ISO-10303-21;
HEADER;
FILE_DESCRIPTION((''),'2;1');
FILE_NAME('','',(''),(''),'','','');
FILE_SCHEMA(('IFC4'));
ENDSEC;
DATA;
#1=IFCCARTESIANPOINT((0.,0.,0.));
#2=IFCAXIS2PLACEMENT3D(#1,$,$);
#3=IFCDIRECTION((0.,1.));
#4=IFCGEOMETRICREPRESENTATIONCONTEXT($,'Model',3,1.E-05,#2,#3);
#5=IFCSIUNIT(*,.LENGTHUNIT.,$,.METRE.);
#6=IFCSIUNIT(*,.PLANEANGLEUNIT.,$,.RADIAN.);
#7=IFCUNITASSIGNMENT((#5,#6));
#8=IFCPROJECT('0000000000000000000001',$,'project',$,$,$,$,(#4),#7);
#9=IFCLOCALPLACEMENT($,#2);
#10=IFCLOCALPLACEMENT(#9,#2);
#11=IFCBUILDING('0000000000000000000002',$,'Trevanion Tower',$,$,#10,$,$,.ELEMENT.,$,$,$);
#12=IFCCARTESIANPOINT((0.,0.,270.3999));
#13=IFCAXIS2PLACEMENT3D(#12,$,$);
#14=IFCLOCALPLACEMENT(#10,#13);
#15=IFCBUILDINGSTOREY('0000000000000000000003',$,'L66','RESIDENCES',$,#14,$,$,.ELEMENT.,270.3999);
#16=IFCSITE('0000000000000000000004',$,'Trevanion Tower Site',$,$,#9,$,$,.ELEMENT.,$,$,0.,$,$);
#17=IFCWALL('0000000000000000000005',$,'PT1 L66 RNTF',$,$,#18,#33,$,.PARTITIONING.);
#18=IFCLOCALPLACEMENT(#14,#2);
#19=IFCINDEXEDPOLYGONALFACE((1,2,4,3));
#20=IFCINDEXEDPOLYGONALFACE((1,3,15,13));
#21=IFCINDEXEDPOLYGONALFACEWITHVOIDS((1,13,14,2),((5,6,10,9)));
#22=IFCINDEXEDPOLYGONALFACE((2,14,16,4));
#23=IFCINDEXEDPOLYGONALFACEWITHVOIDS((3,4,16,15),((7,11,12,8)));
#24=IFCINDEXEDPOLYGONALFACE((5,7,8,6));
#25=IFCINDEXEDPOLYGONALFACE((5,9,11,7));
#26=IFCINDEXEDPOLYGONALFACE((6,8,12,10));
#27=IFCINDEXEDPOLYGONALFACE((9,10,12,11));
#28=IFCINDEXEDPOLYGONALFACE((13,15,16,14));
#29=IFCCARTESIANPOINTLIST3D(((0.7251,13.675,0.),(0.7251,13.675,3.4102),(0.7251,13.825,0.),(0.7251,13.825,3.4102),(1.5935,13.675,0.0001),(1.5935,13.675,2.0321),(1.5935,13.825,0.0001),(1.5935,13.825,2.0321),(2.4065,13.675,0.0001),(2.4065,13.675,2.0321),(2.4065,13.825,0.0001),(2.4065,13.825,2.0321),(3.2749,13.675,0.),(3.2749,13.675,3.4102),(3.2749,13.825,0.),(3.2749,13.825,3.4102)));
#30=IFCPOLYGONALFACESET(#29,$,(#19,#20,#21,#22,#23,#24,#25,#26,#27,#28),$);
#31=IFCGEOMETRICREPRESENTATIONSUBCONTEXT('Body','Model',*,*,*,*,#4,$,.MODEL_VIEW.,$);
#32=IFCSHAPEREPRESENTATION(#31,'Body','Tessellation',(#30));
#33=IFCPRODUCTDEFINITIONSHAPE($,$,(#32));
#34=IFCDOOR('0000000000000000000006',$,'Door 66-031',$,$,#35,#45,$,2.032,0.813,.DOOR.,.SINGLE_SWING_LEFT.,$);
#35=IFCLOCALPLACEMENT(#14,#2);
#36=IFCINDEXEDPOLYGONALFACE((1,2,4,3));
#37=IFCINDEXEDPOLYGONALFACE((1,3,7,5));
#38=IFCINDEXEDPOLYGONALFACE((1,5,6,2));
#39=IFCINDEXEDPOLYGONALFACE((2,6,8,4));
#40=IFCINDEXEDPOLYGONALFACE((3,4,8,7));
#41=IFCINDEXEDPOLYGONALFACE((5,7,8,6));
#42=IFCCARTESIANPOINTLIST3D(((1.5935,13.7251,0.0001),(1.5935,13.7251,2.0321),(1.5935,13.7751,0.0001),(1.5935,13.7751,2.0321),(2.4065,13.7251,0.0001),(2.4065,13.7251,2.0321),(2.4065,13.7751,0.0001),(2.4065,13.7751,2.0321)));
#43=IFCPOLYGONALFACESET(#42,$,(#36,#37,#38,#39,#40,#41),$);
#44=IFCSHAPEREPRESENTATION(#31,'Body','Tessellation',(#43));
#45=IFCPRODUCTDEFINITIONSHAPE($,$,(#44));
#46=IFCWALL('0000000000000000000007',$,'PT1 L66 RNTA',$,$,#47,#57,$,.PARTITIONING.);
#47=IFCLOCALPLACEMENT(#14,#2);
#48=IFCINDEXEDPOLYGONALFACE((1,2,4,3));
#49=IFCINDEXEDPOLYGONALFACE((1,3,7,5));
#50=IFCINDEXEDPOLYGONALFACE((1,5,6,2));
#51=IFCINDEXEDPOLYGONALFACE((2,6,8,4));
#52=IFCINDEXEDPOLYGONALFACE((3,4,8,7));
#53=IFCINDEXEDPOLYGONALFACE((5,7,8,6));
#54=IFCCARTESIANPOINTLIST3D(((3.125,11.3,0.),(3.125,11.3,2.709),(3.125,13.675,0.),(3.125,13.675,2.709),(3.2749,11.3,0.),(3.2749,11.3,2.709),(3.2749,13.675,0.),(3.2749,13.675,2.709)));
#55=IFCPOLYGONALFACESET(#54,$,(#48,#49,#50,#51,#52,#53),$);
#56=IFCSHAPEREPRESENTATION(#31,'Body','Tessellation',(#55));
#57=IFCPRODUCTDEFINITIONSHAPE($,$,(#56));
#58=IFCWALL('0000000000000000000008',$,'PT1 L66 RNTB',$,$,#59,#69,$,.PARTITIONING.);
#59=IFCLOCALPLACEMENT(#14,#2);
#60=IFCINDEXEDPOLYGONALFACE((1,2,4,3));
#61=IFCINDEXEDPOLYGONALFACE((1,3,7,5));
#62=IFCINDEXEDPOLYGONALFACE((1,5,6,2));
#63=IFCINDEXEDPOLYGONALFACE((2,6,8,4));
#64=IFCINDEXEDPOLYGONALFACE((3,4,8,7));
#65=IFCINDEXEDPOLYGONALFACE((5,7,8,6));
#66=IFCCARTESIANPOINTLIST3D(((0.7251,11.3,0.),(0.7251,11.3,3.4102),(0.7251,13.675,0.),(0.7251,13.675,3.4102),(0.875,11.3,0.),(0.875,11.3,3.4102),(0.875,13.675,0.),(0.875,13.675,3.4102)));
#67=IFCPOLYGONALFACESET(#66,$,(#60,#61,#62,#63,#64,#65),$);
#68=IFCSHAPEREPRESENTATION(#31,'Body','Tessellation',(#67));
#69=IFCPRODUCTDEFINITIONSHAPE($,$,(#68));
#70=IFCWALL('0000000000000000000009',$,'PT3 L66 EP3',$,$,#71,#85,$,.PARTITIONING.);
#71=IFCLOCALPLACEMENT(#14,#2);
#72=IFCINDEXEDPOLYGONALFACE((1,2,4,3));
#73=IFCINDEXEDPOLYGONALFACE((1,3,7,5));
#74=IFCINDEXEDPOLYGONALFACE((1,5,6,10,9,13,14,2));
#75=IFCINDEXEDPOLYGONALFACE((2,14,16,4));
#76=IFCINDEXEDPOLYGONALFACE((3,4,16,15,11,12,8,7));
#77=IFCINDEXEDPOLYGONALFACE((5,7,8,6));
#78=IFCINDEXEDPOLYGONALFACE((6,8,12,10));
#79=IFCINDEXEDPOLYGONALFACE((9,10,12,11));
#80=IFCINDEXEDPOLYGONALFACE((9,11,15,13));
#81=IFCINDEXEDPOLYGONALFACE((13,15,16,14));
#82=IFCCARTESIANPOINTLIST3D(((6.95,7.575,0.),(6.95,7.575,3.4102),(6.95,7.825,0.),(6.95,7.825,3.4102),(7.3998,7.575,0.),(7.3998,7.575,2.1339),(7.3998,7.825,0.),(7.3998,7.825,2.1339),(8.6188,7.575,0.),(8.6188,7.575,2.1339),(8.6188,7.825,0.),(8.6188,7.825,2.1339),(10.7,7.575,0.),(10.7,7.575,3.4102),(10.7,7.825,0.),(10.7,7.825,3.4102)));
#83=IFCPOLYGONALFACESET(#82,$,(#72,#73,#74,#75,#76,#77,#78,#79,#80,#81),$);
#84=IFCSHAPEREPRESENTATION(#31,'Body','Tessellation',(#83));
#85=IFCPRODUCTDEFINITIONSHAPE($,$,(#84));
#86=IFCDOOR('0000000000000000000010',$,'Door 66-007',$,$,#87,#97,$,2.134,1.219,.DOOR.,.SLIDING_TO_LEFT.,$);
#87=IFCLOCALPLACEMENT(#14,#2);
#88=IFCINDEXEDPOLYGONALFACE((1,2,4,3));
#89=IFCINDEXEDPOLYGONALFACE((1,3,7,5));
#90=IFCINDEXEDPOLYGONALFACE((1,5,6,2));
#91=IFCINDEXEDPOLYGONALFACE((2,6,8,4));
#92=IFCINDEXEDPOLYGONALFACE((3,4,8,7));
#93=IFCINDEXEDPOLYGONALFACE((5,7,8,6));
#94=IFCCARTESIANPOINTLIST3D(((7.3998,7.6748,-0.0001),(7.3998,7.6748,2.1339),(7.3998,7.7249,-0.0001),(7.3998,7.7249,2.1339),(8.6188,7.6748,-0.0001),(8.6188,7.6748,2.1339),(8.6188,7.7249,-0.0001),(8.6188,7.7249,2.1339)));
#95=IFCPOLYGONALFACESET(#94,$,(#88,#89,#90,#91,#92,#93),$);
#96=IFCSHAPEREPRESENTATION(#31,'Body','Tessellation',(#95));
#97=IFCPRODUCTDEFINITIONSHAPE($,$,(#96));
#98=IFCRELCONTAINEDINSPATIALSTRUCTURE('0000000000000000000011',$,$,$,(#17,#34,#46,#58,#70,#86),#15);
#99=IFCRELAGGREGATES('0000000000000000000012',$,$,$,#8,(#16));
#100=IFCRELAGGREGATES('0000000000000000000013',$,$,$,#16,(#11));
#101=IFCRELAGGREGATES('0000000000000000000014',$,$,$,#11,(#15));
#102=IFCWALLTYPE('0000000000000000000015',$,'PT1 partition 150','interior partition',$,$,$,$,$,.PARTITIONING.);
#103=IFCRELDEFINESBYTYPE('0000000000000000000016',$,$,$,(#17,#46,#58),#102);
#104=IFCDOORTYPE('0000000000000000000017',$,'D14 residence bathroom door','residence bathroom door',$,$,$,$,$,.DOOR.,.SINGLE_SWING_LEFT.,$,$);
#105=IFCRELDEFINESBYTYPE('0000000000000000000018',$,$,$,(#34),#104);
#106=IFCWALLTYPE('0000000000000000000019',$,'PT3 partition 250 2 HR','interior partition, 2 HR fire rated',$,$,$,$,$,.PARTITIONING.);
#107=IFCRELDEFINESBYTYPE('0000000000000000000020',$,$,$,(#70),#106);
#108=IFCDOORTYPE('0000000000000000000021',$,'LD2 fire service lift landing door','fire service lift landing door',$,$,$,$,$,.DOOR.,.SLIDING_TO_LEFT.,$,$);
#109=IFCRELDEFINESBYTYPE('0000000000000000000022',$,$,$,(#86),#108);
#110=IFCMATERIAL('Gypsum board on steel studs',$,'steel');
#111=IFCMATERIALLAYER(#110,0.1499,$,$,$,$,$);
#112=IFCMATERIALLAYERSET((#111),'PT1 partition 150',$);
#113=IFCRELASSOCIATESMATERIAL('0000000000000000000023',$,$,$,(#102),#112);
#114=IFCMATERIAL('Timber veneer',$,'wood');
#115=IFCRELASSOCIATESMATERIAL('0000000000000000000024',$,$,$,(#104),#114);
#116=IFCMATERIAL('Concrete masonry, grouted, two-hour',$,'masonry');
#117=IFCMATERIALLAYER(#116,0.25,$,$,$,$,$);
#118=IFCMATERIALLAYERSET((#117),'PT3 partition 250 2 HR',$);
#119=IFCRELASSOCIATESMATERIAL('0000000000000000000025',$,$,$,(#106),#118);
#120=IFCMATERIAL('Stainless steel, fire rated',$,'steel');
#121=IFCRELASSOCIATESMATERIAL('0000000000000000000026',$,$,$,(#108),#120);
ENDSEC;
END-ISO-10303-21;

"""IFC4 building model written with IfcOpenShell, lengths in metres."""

from ifc_helpers import new_model, si_unit, direction, frame, frame_2d, origin, place, context, subcontext, project, spatial, rectangle, extrude, material, layer, layer_set, type_object, element, fill, save


model = new_model("IFC4")

# Units and contexts
model_context = context("Model", 3, precision=1e-05, world=origin(), true_north=direction((0.0, 1.0)))
body_context = subcontext(model_context, "Body", "Model", "MODEL_VIEW")
ifc_project = project(units=[si_unit("LENGTHUNIT", "METRE"), si_unit("PLANEANGLEUNIT", "RADIAN")], contexts=[model_context])

# Site, building, storey
site_placement = place(None, origin())
site = spatial("IfcSite", under=ifc_project, at=site_placement, Name="Trevanion Tower Site", CompositionType="ELEMENT", RefElevation=0.0)
building_placement = place(site_placement, origin())
building = spatial("IfcBuilding", under=site, at=building_placement, Name="Trevanion Tower", CompositionType="ELEMENT")
storey_placement = place(building_placement, frame((0.0, 0.0, 270.3999)))
storey = spatial("IfcBuildingStorey", under=building, at=storey_placement, Name="L66", Description="RESIDENCES", CompositionType="ELEMENT", Elevation=270.3999)

# Wall, opening, door
ifc_material_1 = material(Name="Gypsum board on steel studs", Category="steel")
ifc_layer_1 = layer(ifc_material_1, 0.1499)
ifc_layer_set_1 = layer_set([ifc_layer_1], Name="PT1 partition 150")
wall_type_1 = type_object("IfcWallType", Name="PT1 partition 150", Description="interior partition", PredefinedType="PARTITIONING", material=ifc_layer_set_1)
wall_1_placement = place(storey_placement, frame((3.2749, 13.75, 0.0), z_axis=(0.0, 0.0, 1.0), x_axis=(-1.0, 0.0, 0.0)))
wall_1 = element("IfcWall", 1, at=wall_1_placement, inside=storey, type_object=wall_type_1, Name="PT1 L66 RNTF", PredefinedType="PARTITIONING", context=body_context, shape_type="SweptSolid", body=[
    extrude(rectangle(XDim=2.5498, YDim=0.1499, at=frame_2d((1.2749, 0.0))), origin(), (0.0, 0.0, 1.0), 3.4102),
])
opening_1_placement = place(wall_1_placement, frame((0.8684, 0.0, 0.0)))
opening_1 = element("IfcOpeningElement", 2, at=opening_1_placement, cuts=wall_1, PredefinedType="OPENING", context=body_context, shape_type="SweptSolid", body=[
    extrude(rectangle(XDim=0.813, YDim=2.032, at=frame_2d((0.4065, 1.0161))), frame((0.0, 0.085, 0.0), z_axis=(0.0, -1.0, 0.0), x_axis=(1.0, 0.0, 0.0)), (0.0, 0.0, 1.0), 0.1699),
])
ifc_material_2 = material(Name="Timber veneer", Category="wood")
door_type_1 = type_object("IfcDoorType", Name="D14 residence bathroom door", Description="residence bathroom door", OperationType="SINGLE_SWING_LEFT", PredefinedType="DOOR", material=ifc_material_2)
door_1_placement = place(opening_1_placement, origin())
door_1 = element("IfcDoor", 3, at=door_1_placement, inside=storey, type_object=door_type_1, Name="Door 66-031", OperationType="SINGLE_SWING_LEFT", OverallHeight=2.032, OverallWidth=0.813, PredefinedType="DOOR", context=body_context, shape_type="SweptSolid", body=[
    extrude(rectangle(XDim=0.813, YDim=2.032, at=frame_2d((0.4065, 1.0161))), frame((0.0, 0.0249, 0.0), z_axis=(0.0, -1.0, 0.0), x_axis=(1.0, 0.0, 0.0)), (0.0, 0.0, 1.0), 0.05),
])
fill(opening_1, door_1)

# Walls
wall_2_placement = place(storey_placement, frame((3.2, 11.3, 0.0), z_axis=(0.0, 0.0, 1.0), x_axis=(0.0, 1.0, 0.0)))
element("IfcWall", 4, at=wall_2_placement, inside=storey, type_object=wall_type_1, Name="PT1 L66 RNTA", PredefinedType="PARTITIONING", context=body_context, shape_type="SweptSolid", body=[
    extrude(rectangle(XDim=2.375, YDim=0.1499, at=frame_2d((1.1875, 0.0))), origin(), (0.0, 0.0, 1.0), 2.709),
])
wall_3_placement = place(storey_placement, frame((0.8, 11.3, 0.0), z_axis=(0.0, 0.0, 1.0), x_axis=(0.0, 1.0, 0.0)))
element("IfcWall", 5, at=wall_3_placement, inside=storey, type_object=wall_type_1, Name="PT1 L66 RNTB", PredefinedType="PARTITIONING", context=body_context, shape_type="SweptSolid", body=[
    extrude(rectangle(XDim=2.375, YDim=0.1499, at=frame_2d((1.1875, 0.0))), origin(), (0.0, 0.0, 1.0), 3.4102),
])

# Wall, opening, door
ifc_material_3 = material(Name="Concrete masonry, grouted, two-hour", Category="masonry")
ifc_layer_2 = layer(ifc_material_3, 0.25)
ifc_layer_set_2 = layer_set([ifc_layer_2], Name="PT3 partition 250 2 HR")
wall_type_2 = type_object("IfcWallType", Name="PT3 partition 250 2 HR", Description="interior partition, 2 HR fire rated", PredefinedType="PARTITIONING", material=ifc_layer_set_2)
wall_4_placement = place(storey_placement, frame((6.95, 7.7, 0.0), z_axis=(0.0, 0.0, 1.0), x_axis=(1.0, 0.0, 0.0)))
wall_4 = element("IfcWall", 6, at=wall_4_placement, inside=storey, type_object=wall_type_2, Name="PT3 L66 EP3", PredefinedType="PARTITIONING", context=body_context, shape_type="SweptSolid", body=[
    extrude(rectangle(XDim=3.75, YDim=0.25, at=frame_2d((1.875, 0.0))), origin(), (0.0, 0.0, 1.0), 3.4102),
])
opening_2_placement = place(wall_4_placement, frame((0.45, 0.0, 0.0)))
opening_2 = element("IfcOpeningElement", 7, at=opening_2_placement, cuts=wall_4, PredefinedType="OPENING", context=body_context, shape_type="SweptSolid", body=[
    extrude(rectangle(XDim=1.219, YDim=2.134, at=frame_2d((0.6094, 1.0669))), frame((0.0, 0.135, 0.0), z_axis=(0.0, -1.0, 0.0), x_axis=(1.0, 0.0, 0.0)), (0.0, 0.0, 1.0), 0.27),
])
ifc_material_4 = material(Name="Stainless steel, fire rated", Category="steel")
door_type_2 = type_object("IfcDoorType", Name="LD2 fire service lift landing door", Description="fire service lift landing door", OperationType="SLIDING_TO_LEFT", PredefinedType="DOOR", material=ifc_material_4)
door_2_placement = place(opening_2_placement, origin())
door_2 = element("IfcDoor", 8, at=door_2_placement, inside=storey, type_object=door_type_2, Name="Door 66-007", OperationType="SLIDING_TO_LEFT", OverallHeight=2.134, OverallWidth=1.219, PredefinedType="DOOR", context=body_context, shape_type="SweptSolid", body=[
    extrude(rectangle(XDim=1.219, YDim=2.134, at=frame_2d((0.6094, 1.0669))), frame((0.0, 0.0249, 0.0), z_axis=(0.0, -1.0, 0.0), x_axis=(1.0, 0.0, 0.0)), (0.0, 0.0, 1.0), 0.05),
])
fill(opening_2, door_2)

save(model, "model.ifc")
